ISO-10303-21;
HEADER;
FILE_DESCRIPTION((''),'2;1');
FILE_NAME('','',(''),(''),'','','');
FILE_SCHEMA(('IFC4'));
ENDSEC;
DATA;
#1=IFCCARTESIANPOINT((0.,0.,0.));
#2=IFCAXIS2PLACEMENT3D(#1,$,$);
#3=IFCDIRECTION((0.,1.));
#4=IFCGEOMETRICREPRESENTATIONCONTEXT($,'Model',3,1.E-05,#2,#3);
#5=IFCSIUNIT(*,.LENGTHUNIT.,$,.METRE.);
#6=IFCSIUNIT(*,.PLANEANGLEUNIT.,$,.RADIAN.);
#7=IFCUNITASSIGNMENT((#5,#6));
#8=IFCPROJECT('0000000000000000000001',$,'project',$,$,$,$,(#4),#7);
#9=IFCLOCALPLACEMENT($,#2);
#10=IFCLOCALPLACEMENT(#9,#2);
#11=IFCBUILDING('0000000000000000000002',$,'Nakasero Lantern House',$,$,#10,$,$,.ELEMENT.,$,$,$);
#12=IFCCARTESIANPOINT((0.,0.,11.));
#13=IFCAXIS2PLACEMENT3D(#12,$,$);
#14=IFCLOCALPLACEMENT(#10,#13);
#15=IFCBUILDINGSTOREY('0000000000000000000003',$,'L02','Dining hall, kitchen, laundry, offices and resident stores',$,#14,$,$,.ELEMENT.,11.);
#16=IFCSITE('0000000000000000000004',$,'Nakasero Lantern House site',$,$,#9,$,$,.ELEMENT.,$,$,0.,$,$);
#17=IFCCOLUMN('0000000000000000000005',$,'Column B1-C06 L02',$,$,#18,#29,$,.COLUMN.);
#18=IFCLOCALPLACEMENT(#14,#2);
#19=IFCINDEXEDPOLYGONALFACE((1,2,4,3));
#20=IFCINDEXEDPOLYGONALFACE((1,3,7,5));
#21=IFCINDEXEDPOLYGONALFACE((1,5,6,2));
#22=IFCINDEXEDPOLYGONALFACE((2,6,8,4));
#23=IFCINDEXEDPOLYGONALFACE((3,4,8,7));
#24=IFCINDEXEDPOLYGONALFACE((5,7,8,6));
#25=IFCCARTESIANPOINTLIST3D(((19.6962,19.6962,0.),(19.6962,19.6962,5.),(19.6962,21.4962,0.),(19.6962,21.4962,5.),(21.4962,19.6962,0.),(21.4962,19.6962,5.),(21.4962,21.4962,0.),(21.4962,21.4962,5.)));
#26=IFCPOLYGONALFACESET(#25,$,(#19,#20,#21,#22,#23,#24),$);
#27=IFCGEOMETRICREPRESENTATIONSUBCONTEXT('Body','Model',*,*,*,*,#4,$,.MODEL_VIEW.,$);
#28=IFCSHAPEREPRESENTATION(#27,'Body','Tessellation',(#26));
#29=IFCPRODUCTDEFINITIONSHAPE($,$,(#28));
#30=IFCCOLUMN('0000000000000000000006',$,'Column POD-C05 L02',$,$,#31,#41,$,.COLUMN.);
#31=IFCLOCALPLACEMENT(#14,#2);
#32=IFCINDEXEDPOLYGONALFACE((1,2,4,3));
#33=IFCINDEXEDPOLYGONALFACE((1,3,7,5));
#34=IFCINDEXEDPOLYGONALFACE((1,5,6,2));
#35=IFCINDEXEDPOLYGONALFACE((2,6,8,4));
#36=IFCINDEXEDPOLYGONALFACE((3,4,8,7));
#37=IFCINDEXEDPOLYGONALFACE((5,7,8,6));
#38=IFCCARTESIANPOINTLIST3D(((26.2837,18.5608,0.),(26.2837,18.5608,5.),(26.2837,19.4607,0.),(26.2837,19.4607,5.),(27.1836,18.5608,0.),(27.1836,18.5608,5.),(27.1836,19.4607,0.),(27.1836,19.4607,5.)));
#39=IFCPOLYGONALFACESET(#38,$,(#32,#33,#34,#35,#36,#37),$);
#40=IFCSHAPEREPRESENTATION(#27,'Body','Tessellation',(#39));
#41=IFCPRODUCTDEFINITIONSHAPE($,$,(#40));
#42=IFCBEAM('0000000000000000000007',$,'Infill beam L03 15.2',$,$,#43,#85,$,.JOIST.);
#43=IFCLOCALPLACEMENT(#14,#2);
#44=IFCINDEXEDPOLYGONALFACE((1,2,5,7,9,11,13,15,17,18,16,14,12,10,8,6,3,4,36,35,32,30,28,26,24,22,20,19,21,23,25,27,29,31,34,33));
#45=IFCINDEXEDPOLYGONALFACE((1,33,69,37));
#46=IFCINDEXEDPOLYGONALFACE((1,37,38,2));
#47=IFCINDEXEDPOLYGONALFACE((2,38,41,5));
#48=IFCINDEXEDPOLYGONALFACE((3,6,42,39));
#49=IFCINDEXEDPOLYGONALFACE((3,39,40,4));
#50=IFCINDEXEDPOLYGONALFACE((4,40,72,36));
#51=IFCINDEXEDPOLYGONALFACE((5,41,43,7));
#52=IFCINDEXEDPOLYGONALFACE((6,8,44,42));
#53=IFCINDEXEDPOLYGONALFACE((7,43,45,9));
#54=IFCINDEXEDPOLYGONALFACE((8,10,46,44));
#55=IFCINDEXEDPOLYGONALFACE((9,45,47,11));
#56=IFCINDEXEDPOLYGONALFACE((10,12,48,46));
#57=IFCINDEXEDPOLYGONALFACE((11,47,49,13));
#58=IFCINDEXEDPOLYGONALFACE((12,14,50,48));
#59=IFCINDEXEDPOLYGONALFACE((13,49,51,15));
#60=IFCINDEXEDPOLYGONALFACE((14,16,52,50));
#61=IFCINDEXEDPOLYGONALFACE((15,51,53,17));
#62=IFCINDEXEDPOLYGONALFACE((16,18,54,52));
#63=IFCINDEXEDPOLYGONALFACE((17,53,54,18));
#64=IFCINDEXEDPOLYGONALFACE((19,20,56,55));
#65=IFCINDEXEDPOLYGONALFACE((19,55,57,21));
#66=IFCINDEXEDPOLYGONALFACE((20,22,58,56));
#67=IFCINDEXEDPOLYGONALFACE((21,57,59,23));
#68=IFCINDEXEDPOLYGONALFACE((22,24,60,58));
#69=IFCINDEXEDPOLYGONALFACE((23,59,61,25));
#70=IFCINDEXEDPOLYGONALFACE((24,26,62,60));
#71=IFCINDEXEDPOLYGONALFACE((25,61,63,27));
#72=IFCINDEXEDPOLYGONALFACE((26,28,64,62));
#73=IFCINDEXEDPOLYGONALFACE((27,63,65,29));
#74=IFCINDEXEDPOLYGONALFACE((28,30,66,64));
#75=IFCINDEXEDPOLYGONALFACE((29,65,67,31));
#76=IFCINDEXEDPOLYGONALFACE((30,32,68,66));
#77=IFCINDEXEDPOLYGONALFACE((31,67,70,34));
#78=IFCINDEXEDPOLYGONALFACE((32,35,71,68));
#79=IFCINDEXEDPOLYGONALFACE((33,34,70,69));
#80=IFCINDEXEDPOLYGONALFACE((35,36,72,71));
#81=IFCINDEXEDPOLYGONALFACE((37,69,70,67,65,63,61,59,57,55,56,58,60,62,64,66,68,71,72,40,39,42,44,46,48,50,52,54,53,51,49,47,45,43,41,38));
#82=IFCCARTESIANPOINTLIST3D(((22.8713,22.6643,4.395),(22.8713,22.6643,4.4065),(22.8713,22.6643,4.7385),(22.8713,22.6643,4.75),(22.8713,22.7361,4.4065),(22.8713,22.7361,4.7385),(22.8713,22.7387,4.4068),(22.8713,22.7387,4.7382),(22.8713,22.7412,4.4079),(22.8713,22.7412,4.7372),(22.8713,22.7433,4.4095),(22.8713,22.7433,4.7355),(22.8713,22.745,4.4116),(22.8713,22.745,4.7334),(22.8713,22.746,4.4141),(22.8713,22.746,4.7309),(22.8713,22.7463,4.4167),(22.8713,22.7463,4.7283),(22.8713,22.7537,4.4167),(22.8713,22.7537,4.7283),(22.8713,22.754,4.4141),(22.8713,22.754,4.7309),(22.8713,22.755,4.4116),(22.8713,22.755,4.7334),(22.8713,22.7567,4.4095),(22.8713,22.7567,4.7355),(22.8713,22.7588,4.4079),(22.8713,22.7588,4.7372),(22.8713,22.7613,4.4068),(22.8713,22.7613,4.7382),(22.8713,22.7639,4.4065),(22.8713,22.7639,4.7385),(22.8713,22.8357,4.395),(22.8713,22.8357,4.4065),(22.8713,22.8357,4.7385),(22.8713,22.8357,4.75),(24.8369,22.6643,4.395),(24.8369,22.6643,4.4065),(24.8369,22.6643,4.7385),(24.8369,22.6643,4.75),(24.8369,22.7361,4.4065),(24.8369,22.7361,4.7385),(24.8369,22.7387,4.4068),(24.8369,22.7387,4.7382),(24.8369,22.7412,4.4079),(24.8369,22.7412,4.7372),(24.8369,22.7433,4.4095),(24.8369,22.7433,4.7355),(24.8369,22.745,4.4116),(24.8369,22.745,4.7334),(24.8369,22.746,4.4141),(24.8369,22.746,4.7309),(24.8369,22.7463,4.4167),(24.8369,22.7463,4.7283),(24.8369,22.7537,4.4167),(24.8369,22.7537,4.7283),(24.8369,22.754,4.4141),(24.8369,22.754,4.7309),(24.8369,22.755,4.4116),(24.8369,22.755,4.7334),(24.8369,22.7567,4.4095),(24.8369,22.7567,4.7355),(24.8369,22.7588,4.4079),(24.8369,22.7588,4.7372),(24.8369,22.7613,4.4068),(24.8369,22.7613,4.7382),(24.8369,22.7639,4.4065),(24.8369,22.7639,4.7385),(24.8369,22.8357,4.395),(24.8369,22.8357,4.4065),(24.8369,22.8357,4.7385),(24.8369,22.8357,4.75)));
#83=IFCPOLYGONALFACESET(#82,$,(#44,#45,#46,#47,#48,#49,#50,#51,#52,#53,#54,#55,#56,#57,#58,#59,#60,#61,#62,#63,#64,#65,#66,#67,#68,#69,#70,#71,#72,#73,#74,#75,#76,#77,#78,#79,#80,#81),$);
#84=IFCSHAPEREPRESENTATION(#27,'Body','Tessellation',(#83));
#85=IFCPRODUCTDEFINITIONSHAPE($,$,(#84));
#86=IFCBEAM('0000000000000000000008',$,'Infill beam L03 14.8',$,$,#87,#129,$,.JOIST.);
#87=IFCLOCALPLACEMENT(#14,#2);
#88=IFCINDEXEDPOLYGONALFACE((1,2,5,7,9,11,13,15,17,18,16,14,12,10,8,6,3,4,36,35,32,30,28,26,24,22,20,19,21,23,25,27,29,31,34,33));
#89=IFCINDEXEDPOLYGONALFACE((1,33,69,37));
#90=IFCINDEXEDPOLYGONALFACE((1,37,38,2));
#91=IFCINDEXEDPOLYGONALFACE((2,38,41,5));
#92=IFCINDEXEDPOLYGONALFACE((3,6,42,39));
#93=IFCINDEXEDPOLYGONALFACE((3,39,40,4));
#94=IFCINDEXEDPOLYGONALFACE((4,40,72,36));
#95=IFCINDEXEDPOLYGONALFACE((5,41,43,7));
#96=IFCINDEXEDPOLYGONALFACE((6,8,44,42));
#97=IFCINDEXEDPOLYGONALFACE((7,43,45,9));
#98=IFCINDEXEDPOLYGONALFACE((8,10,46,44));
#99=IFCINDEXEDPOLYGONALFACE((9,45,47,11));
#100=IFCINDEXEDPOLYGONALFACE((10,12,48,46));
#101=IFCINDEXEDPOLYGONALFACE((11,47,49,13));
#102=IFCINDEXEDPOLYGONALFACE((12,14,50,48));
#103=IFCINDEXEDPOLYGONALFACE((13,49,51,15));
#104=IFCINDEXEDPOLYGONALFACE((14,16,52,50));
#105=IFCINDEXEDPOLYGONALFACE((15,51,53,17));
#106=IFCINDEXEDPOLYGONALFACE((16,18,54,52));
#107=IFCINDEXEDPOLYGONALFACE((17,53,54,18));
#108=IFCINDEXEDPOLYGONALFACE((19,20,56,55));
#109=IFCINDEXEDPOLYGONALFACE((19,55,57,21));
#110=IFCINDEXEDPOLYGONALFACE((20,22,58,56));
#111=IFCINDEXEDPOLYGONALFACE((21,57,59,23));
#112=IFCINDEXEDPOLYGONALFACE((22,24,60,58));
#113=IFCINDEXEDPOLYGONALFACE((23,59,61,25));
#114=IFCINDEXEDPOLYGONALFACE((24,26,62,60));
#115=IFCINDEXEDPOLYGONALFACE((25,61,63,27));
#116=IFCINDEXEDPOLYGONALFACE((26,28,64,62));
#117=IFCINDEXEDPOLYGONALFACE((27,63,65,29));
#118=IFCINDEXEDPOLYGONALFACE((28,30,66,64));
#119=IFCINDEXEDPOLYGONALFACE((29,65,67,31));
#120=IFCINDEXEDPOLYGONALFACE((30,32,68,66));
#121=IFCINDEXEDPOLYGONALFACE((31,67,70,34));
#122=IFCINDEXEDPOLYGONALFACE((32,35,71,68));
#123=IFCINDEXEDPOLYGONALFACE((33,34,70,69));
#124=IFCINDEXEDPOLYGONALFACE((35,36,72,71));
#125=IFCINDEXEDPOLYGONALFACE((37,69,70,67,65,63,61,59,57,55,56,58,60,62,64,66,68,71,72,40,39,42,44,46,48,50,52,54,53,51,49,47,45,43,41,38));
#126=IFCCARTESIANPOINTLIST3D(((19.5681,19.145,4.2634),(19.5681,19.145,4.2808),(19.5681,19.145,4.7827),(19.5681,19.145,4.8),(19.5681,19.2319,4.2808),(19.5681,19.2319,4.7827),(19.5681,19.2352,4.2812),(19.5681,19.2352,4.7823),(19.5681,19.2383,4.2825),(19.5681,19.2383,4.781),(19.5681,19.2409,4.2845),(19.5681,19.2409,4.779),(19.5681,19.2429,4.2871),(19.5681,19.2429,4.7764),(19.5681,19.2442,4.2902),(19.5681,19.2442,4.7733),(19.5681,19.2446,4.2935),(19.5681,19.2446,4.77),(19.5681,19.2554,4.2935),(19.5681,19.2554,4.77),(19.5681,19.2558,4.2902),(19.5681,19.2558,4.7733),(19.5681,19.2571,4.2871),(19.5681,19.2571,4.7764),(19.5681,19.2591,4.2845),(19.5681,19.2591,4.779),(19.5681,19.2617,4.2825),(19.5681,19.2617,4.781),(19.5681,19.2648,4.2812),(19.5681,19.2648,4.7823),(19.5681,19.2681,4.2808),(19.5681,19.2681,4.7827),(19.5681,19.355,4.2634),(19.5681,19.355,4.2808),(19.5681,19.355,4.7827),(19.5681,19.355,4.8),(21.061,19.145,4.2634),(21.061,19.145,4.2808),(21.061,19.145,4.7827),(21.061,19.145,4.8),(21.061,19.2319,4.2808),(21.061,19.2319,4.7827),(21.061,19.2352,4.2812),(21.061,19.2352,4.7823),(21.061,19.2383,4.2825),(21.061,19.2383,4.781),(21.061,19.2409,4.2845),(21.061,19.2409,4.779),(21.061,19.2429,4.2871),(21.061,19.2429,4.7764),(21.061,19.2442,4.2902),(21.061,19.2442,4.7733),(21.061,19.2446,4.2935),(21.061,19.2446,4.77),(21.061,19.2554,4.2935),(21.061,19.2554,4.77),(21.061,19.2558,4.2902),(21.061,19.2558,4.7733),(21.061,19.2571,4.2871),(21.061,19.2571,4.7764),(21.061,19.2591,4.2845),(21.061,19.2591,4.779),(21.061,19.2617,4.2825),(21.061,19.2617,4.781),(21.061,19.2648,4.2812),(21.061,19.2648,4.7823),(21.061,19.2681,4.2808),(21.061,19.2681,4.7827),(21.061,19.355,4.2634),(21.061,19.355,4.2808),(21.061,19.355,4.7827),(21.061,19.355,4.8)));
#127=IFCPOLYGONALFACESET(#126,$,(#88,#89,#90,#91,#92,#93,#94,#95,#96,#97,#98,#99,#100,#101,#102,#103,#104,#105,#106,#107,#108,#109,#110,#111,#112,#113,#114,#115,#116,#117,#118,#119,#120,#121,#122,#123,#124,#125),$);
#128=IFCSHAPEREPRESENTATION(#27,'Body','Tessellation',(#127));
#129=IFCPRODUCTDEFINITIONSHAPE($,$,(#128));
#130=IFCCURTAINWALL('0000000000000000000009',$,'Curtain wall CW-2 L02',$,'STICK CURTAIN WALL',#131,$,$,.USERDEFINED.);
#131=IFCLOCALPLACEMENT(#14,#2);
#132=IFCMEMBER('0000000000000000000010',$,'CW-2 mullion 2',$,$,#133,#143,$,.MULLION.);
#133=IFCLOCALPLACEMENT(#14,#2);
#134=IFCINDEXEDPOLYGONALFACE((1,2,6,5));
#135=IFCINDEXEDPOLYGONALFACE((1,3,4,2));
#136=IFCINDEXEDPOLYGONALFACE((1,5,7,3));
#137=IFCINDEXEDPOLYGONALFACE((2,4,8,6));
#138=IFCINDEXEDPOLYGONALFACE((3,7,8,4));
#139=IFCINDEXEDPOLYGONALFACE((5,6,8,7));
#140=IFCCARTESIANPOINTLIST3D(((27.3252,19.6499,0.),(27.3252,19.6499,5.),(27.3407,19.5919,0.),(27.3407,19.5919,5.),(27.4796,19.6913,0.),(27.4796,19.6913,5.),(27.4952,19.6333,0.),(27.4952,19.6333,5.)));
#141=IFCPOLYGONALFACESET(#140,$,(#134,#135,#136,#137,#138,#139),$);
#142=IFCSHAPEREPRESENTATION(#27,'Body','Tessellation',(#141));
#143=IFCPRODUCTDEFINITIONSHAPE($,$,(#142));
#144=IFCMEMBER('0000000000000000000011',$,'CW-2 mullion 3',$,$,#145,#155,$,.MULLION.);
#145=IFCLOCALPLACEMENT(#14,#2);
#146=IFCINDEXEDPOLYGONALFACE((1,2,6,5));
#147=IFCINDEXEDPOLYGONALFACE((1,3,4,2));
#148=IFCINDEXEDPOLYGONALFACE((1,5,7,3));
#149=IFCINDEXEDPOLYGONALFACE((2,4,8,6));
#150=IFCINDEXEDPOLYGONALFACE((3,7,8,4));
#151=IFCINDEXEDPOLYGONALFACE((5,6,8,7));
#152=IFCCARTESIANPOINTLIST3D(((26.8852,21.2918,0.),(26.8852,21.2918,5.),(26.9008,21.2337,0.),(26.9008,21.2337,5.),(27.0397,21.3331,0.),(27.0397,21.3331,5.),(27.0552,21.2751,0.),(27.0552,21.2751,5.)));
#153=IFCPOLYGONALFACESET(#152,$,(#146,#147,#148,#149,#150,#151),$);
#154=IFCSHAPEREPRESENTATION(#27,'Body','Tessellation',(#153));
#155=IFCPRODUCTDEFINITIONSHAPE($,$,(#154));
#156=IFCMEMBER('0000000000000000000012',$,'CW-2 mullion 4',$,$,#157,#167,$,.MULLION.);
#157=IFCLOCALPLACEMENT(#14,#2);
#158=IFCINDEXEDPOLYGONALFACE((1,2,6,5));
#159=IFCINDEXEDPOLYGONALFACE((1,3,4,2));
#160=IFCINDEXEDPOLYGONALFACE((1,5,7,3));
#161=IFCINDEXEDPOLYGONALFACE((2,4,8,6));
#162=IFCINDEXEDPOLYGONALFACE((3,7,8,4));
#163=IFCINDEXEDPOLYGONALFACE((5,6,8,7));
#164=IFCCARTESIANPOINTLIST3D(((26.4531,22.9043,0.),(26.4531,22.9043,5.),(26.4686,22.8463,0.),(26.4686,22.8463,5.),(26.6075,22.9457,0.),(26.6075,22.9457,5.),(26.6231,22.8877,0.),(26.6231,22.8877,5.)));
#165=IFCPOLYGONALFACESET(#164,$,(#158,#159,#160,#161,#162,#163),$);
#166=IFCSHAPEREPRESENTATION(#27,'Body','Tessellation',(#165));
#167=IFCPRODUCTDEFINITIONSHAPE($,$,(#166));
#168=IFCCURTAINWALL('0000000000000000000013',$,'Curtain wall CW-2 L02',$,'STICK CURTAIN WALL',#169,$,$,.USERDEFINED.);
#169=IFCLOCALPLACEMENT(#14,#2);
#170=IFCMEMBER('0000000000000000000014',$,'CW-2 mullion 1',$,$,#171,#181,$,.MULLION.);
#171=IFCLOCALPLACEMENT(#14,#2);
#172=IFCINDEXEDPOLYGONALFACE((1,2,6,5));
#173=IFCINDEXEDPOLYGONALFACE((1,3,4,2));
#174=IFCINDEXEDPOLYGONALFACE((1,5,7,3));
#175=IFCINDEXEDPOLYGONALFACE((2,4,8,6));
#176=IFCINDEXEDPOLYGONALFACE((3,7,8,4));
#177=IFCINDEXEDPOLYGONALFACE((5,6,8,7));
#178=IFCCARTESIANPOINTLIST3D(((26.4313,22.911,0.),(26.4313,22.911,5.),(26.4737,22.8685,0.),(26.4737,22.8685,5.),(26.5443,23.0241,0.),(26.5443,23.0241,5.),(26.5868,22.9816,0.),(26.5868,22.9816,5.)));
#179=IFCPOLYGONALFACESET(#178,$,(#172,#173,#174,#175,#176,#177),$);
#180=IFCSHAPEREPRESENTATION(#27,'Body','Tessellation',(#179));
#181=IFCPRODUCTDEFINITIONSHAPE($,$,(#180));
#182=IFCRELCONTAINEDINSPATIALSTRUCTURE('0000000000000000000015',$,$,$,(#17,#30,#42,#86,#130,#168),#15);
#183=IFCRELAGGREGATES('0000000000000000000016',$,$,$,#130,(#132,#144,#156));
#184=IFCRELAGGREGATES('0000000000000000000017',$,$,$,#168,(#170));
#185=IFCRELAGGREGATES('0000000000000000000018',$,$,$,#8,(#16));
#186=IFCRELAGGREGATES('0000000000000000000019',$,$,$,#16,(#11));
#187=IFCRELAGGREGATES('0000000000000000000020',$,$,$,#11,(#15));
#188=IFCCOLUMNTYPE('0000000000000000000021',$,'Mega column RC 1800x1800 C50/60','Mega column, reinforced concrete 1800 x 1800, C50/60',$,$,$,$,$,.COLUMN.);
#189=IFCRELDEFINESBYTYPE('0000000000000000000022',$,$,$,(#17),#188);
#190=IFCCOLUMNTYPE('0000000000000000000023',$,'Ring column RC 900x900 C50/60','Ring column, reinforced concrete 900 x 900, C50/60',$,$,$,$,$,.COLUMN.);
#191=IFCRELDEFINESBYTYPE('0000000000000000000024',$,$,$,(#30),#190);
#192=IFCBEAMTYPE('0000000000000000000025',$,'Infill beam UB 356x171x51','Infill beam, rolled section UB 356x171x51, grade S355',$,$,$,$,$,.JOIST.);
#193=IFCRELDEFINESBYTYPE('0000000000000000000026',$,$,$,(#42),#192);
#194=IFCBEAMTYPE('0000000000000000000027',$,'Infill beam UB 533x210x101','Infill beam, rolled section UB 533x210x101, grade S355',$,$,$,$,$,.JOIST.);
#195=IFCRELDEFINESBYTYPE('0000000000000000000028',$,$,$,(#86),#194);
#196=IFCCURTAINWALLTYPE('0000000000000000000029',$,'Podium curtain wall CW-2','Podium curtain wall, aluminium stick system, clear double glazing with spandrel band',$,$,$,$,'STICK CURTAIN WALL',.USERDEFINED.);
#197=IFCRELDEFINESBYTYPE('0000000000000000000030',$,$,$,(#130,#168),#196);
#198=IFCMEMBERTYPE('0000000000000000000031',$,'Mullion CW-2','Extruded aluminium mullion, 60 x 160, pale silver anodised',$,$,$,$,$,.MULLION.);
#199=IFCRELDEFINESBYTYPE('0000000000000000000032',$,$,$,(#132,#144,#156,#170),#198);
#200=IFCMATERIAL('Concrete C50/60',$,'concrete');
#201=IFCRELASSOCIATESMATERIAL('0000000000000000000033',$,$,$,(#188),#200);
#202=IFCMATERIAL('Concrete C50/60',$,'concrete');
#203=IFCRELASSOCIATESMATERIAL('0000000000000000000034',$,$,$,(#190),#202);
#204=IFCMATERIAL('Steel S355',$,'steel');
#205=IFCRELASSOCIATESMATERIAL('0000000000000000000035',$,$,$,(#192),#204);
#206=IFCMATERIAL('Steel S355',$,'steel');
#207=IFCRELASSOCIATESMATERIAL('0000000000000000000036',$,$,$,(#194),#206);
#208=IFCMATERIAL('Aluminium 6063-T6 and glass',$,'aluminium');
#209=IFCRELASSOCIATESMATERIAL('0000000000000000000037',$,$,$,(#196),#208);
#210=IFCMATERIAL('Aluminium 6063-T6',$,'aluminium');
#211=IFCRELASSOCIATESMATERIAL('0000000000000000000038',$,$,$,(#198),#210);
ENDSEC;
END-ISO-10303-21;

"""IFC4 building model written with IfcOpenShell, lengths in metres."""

from ifc_helpers import new_model, si_unit, direction, frame, origin, origin_2d, place, context, subcontext, project, spatial, rectangle, i_section, extrude, material, material_profile, profile_set, type_object, element, aggregate, save


model = new_model("IFC4")

# Units and contexts
model_context = context("Model", 3, precision=1e-05, world=origin(), true_north=direction((0.0, 1.0)))
body_context = subcontext(model_context, "Body", "Model", "MODEL_VIEW")
ifc_project = project(units=[si_unit("LENGTHUNIT", "METRE"), si_unit("PLANEANGLEUNIT", "RADIAN")], contexts=[model_context])

# Site, building, storey
site_placement = place(None, origin())
site = spatial("IfcSite", under=ifc_project, at=site_placement, Name="Nakasero Lantern House site", CompositionType="ELEMENT", RefElevation=0.0)
building_placement = place(site_placement, origin())
building = spatial("IfcBuilding", under=site, at=building_placement, Name="Nakasero Lantern House", CompositionType="ELEMENT")
storey_placement = place(building_placement, frame((0.0, 0.0, 11.0)))
storey = spatial("IfcBuildingStorey", under=building, at=storey_placement, Name="L02", Description="Dining hall, kitchen, laundry, offices and resident stores", CompositionType="ELEMENT", Elevation=11.0)

# Columns
ifc_material_1 = material(Name="Concrete C50/60", Category="concrete")
ifc_material_profile_1 = material_profile(ifc_material_1, rectangle(XDim=1.8, YDim=1.8, at=origin_2d()), Name="RC 1800x1800")
ifc_profile_set_1 = profile_set([ifc_material_profile_1], Name="Concrete C50/60")
column_type_1 = type_object("IfcColumnType", Name="Mega column RC 1800x1800 C50/60", Description="Mega column, reinforced concrete 1800 x 1800, C50/60", PredefinedType="COLUMN", material=ifc_profile_set_1)
column_1_placement = place(storey_placement, frame((20.5962, 20.5962, 0.0), z_axis=(0.0, 0.0, 1.0), x_axis=(1.0, 0.0, 0.0)))
element("IfcColumn", 1, at=column_1_placement, inside=storey, type_object=column_type_1, Name="Column B1-C06 L02", PredefinedType="COLUMN", context=body_context, shape_type="SweptSolid", body=[
    extrude(rectangle(XDim=1.8, YDim=1.8, at=origin_2d()), origin(), (0.0, 0.0, 1.0), 5.0),
])
ifc_material_2 = material(Name="Concrete C50/60", Category="concrete")
ifc_material_profile_2 = material_profile(ifc_material_2, rectangle(XDim=0.8999, YDim=0.8999, at=origin_2d()), Name="RC 900x900")
ifc_profile_set_2 = profile_set([ifc_material_profile_2], Name="Concrete C50/60")
column_type_2 = type_object("IfcColumnType", Name="Ring column RC 900x900 C50/60", Description="Ring column, reinforced concrete 900 x 900, C50/60", PredefinedType="COLUMN", material=ifc_profile_set_2)
column_2_placement = place(storey_placement, frame((26.7336, 19.0107, 0.0), z_axis=(0.0, 0.0, 1.0), x_axis=(1.0, 0.0, 0.0)))
element("IfcColumn", 2, at=column_2_placement, inside=storey, type_object=column_type_2, Name="Column POD-C05 L02", PredefinedType="COLUMN", context=body_context, shape_type="SweptSolid", body=[
    extrude(rectangle(XDim=0.8999, YDim=0.8999, at=origin_2d()), origin(), (0.0, 0.0, 1.0), 5.0),
])

# Beams
ifc_material_3 = material(Name="Steel S355", Category="steel")
ifc_material_profile_3 = material_profile(ifc_material_3, i_section(OverallWidth=0.1714, OverallDepth=0.355, WebThickness=0.0073, FlangeThickness=0.0115, FilletRadius=0.0103, at=origin_2d()), Name="UB 356x171x51")
ifc_profile_set_3 = profile_set([ifc_material_profile_3], Name="Steel S355")
beam_type_1 = type_object("IfcBeamType", Name="Infill beam UB 356x171x51", Description="Infill beam, rolled section UB 356x171x51, grade S355", PredefinedType="JOIST", material=ifc_profile_set_3)
beam_1_placement = place(storey_placement, frame((22.8713, 22.75, 4.5725), z_axis=(1.0, 0.0, 0.0), x_axis=(0.0, 1.0, 0.0)))
element("IfcBeam", 3, at=beam_1_placement, inside=storey, type_object=beam_type_1, Name="Infill beam L03 15.2", PredefinedType="JOIST", context=body_context, shape_type="SweptSolid", body=[
    extrude(i_section(OverallWidth=0.1714, OverallDepth=0.355, WebThickness=0.0073, FlangeThickness=0.0115, FilletRadius=0.0103, at=origin_2d()), origin(), (0.0, 0.0, 1.0), 1.9656),
])
ifc_material_4 = material(Name="Steel S355", Category="steel")
ifc_material_profile_4 = material_profile(ifc_material_4, i_section(OverallWidth=0.21, OverallDepth=0.5366, WebThickness=0.0107, FlangeThickness=0.0173, FilletRadius=0.0127, at=origin_2d()), Name="UB 533x210x101")
ifc_profile_set_4 = profile_set([ifc_material_profile_4], Name="Steel S355")
beam_type_2 = type_object("IfcBeamType", Name="Infill beam UB 533x210x101", Description="Infill beam, rolled section UB 533x210x101, grade S355", PredefinedType="JOIST", material=ifc_profile_set_4)
beam_2_placement = place(storey_placement, frame((19.5681, 19.25, 4.5317), z_axis=(1.0, 0.0, 0.0), x_axis=(0.0, 1.0, 0.0)))
element("IfcBeam", 4, at=beam_2_placement, inside=storey, type_object=beam_type_2, Name="Infill beam L03 14.8", PredefinedType="JOIST", context=body_context, shape_type="SweptSolid", body=[
    extrude(i_section(OverallWidth=0.21, OverallDepth=0.5366, WebThickness=0.0107, FlangeThickness=0.0173, FilletRadius=0.0127, at=origin_2d()), origin(), (0.0, 0.0, 1.0), 1.4929),
])

# Curtain walls, members
ifc_material_5 = material(Name="Aluminium 6063-T6 and glass", Category="aluminium")
curtain_wall_type = type_object("IfcCurtainWallType", Name="Podium curtain wall CW-2", Description="Podium curtain wall, aluminium stick system, clear double glazing with spandrel band", ElementType="STICK CURTAIN WALL", PredefinedType="USERDEFINED", material=ifc_material_5)
curtain_wall_1_placement = place(storey_placement, origin())
curtain_wall_1 = element("IfcCurtainWall", 5, at=curtain_wall_1_placement, inside=storey, type_object=curtain_wall_type, Name="Curtain wall CW-2 L02", ObjectType="STICK CURTAIN WALL", PredefinedType="USERDEFINED")
ifc_material_6 = material(Name="Aluminium 6063-T6", Category="aluminium")
ifc_material_profile_5 = material_profile(ifc_material_6, rectangle(XDim=0.0601, YDim=0.1599, at=origin_2d()), Name="CW-2 mullion 60x160")
ifc_profile_set_5 = profile_set([ifc_material_profile_5], Name="Aluminium 6063-T6")
member_type_1 = type_object("IfcMemberType", Name="Mullion CW-2", Description="Extruded aluminium mullion, 60 x 160, pale silver anodised", PredefinedType="MULLION", material=ifc_profile_set_5)
member_1_placement = place(storey_placement, frame((27.4102, 19.6416, 0.0), z_axis=(0.0, 0.0, 1.0), x_axis=(-0.258819, 0.965926, 0.0)))
member_1 = element("IfcMember", 6, at=member_1_placement, type_object=member_type_1, Name="CW-2 mullion 2", PredefinedType="MULLION", context=body_context, shape_type="SweptSolid", body=[
    extrude(rectangle(XDim=0.0601, YDim=0.1599, at=origin_2d()), origin(), (0.0, 0.0, 1.0), 5.0),
])
member_2_placement = place(storey_placement, frame((26.9702, 21.2834, 0.0), z_axis=(0.0, 0.0, 1.0), x_axis=(-0.258819, 0.965926, 0.0)))
member_2 = element("IfcMember", 7, at=member_2_placement, type_object=member_type_1, Name="CW-2 mullion 3", PredefinedType="MULLION", context=body_context, shape_type="SweptSolid", body=[
    extrude(rectangle(XDim=0.0601, YDim=0.1599, at=origin_2d()), origin(), (0.0, 0.0, 1.0), 5.0),
])
member_3_placement = place(storey_placement, frame((26.5381, 22.896, 0.0), z_axis=(0.0, 0.0, 1.0), x_axis=(-0.258819, 0.965926, 0.0)))
member_3 = element("IfcMember", 8, at=member_3_placement, type_object=member_type_1, Name="CW-2 mullion 4", PredefinedType="MULLION", context=body_context, shape_type="SweptSolid", body=[
    extrude(rectangle(XDim=0.0601, YDim=0.1599, at=origin_2d()), origin(), (0.0, 0.0, 1.0), 5.0),
])
curtain_wall_2_placement = place(storey_placement, origin())
curtain_wall_2 = element("IfcCurtainWall", 9, at=curtain_wall_2_placement, inside=storey, type_object=curtain_wall_type, Name="Curtain wall CW-2 L02", ObjectType="STICK CURTAIN WALL", PredefinedType="USERDEFINED")
member_4_placement = place(storey_placement, frame((26.509, 22.9463, 0.0), z_axis=(0.0, 0.0, 1.0), x_axis=(-0.707107, 0.707107, 0.0)))
member_4 = element("IfcMember", 10, at=member_4_placement, type_object=member_type_1, Name="CW-2 mullion 1", PredefinedType="MULLION", context=body_context, shape_type="SweptSolid", body=[
    extrude(rectangle(XDim=0.0601, YDim=0.1599, at=origin_2d()), origin(), (0.0, 0.0, 1.0), 5.0),
])

aggregate(curtain_wall_1, [member_1, member_2, member_3])
aggregate(curtain_wall_2, [member_4])

save(model, "model.ifc")
